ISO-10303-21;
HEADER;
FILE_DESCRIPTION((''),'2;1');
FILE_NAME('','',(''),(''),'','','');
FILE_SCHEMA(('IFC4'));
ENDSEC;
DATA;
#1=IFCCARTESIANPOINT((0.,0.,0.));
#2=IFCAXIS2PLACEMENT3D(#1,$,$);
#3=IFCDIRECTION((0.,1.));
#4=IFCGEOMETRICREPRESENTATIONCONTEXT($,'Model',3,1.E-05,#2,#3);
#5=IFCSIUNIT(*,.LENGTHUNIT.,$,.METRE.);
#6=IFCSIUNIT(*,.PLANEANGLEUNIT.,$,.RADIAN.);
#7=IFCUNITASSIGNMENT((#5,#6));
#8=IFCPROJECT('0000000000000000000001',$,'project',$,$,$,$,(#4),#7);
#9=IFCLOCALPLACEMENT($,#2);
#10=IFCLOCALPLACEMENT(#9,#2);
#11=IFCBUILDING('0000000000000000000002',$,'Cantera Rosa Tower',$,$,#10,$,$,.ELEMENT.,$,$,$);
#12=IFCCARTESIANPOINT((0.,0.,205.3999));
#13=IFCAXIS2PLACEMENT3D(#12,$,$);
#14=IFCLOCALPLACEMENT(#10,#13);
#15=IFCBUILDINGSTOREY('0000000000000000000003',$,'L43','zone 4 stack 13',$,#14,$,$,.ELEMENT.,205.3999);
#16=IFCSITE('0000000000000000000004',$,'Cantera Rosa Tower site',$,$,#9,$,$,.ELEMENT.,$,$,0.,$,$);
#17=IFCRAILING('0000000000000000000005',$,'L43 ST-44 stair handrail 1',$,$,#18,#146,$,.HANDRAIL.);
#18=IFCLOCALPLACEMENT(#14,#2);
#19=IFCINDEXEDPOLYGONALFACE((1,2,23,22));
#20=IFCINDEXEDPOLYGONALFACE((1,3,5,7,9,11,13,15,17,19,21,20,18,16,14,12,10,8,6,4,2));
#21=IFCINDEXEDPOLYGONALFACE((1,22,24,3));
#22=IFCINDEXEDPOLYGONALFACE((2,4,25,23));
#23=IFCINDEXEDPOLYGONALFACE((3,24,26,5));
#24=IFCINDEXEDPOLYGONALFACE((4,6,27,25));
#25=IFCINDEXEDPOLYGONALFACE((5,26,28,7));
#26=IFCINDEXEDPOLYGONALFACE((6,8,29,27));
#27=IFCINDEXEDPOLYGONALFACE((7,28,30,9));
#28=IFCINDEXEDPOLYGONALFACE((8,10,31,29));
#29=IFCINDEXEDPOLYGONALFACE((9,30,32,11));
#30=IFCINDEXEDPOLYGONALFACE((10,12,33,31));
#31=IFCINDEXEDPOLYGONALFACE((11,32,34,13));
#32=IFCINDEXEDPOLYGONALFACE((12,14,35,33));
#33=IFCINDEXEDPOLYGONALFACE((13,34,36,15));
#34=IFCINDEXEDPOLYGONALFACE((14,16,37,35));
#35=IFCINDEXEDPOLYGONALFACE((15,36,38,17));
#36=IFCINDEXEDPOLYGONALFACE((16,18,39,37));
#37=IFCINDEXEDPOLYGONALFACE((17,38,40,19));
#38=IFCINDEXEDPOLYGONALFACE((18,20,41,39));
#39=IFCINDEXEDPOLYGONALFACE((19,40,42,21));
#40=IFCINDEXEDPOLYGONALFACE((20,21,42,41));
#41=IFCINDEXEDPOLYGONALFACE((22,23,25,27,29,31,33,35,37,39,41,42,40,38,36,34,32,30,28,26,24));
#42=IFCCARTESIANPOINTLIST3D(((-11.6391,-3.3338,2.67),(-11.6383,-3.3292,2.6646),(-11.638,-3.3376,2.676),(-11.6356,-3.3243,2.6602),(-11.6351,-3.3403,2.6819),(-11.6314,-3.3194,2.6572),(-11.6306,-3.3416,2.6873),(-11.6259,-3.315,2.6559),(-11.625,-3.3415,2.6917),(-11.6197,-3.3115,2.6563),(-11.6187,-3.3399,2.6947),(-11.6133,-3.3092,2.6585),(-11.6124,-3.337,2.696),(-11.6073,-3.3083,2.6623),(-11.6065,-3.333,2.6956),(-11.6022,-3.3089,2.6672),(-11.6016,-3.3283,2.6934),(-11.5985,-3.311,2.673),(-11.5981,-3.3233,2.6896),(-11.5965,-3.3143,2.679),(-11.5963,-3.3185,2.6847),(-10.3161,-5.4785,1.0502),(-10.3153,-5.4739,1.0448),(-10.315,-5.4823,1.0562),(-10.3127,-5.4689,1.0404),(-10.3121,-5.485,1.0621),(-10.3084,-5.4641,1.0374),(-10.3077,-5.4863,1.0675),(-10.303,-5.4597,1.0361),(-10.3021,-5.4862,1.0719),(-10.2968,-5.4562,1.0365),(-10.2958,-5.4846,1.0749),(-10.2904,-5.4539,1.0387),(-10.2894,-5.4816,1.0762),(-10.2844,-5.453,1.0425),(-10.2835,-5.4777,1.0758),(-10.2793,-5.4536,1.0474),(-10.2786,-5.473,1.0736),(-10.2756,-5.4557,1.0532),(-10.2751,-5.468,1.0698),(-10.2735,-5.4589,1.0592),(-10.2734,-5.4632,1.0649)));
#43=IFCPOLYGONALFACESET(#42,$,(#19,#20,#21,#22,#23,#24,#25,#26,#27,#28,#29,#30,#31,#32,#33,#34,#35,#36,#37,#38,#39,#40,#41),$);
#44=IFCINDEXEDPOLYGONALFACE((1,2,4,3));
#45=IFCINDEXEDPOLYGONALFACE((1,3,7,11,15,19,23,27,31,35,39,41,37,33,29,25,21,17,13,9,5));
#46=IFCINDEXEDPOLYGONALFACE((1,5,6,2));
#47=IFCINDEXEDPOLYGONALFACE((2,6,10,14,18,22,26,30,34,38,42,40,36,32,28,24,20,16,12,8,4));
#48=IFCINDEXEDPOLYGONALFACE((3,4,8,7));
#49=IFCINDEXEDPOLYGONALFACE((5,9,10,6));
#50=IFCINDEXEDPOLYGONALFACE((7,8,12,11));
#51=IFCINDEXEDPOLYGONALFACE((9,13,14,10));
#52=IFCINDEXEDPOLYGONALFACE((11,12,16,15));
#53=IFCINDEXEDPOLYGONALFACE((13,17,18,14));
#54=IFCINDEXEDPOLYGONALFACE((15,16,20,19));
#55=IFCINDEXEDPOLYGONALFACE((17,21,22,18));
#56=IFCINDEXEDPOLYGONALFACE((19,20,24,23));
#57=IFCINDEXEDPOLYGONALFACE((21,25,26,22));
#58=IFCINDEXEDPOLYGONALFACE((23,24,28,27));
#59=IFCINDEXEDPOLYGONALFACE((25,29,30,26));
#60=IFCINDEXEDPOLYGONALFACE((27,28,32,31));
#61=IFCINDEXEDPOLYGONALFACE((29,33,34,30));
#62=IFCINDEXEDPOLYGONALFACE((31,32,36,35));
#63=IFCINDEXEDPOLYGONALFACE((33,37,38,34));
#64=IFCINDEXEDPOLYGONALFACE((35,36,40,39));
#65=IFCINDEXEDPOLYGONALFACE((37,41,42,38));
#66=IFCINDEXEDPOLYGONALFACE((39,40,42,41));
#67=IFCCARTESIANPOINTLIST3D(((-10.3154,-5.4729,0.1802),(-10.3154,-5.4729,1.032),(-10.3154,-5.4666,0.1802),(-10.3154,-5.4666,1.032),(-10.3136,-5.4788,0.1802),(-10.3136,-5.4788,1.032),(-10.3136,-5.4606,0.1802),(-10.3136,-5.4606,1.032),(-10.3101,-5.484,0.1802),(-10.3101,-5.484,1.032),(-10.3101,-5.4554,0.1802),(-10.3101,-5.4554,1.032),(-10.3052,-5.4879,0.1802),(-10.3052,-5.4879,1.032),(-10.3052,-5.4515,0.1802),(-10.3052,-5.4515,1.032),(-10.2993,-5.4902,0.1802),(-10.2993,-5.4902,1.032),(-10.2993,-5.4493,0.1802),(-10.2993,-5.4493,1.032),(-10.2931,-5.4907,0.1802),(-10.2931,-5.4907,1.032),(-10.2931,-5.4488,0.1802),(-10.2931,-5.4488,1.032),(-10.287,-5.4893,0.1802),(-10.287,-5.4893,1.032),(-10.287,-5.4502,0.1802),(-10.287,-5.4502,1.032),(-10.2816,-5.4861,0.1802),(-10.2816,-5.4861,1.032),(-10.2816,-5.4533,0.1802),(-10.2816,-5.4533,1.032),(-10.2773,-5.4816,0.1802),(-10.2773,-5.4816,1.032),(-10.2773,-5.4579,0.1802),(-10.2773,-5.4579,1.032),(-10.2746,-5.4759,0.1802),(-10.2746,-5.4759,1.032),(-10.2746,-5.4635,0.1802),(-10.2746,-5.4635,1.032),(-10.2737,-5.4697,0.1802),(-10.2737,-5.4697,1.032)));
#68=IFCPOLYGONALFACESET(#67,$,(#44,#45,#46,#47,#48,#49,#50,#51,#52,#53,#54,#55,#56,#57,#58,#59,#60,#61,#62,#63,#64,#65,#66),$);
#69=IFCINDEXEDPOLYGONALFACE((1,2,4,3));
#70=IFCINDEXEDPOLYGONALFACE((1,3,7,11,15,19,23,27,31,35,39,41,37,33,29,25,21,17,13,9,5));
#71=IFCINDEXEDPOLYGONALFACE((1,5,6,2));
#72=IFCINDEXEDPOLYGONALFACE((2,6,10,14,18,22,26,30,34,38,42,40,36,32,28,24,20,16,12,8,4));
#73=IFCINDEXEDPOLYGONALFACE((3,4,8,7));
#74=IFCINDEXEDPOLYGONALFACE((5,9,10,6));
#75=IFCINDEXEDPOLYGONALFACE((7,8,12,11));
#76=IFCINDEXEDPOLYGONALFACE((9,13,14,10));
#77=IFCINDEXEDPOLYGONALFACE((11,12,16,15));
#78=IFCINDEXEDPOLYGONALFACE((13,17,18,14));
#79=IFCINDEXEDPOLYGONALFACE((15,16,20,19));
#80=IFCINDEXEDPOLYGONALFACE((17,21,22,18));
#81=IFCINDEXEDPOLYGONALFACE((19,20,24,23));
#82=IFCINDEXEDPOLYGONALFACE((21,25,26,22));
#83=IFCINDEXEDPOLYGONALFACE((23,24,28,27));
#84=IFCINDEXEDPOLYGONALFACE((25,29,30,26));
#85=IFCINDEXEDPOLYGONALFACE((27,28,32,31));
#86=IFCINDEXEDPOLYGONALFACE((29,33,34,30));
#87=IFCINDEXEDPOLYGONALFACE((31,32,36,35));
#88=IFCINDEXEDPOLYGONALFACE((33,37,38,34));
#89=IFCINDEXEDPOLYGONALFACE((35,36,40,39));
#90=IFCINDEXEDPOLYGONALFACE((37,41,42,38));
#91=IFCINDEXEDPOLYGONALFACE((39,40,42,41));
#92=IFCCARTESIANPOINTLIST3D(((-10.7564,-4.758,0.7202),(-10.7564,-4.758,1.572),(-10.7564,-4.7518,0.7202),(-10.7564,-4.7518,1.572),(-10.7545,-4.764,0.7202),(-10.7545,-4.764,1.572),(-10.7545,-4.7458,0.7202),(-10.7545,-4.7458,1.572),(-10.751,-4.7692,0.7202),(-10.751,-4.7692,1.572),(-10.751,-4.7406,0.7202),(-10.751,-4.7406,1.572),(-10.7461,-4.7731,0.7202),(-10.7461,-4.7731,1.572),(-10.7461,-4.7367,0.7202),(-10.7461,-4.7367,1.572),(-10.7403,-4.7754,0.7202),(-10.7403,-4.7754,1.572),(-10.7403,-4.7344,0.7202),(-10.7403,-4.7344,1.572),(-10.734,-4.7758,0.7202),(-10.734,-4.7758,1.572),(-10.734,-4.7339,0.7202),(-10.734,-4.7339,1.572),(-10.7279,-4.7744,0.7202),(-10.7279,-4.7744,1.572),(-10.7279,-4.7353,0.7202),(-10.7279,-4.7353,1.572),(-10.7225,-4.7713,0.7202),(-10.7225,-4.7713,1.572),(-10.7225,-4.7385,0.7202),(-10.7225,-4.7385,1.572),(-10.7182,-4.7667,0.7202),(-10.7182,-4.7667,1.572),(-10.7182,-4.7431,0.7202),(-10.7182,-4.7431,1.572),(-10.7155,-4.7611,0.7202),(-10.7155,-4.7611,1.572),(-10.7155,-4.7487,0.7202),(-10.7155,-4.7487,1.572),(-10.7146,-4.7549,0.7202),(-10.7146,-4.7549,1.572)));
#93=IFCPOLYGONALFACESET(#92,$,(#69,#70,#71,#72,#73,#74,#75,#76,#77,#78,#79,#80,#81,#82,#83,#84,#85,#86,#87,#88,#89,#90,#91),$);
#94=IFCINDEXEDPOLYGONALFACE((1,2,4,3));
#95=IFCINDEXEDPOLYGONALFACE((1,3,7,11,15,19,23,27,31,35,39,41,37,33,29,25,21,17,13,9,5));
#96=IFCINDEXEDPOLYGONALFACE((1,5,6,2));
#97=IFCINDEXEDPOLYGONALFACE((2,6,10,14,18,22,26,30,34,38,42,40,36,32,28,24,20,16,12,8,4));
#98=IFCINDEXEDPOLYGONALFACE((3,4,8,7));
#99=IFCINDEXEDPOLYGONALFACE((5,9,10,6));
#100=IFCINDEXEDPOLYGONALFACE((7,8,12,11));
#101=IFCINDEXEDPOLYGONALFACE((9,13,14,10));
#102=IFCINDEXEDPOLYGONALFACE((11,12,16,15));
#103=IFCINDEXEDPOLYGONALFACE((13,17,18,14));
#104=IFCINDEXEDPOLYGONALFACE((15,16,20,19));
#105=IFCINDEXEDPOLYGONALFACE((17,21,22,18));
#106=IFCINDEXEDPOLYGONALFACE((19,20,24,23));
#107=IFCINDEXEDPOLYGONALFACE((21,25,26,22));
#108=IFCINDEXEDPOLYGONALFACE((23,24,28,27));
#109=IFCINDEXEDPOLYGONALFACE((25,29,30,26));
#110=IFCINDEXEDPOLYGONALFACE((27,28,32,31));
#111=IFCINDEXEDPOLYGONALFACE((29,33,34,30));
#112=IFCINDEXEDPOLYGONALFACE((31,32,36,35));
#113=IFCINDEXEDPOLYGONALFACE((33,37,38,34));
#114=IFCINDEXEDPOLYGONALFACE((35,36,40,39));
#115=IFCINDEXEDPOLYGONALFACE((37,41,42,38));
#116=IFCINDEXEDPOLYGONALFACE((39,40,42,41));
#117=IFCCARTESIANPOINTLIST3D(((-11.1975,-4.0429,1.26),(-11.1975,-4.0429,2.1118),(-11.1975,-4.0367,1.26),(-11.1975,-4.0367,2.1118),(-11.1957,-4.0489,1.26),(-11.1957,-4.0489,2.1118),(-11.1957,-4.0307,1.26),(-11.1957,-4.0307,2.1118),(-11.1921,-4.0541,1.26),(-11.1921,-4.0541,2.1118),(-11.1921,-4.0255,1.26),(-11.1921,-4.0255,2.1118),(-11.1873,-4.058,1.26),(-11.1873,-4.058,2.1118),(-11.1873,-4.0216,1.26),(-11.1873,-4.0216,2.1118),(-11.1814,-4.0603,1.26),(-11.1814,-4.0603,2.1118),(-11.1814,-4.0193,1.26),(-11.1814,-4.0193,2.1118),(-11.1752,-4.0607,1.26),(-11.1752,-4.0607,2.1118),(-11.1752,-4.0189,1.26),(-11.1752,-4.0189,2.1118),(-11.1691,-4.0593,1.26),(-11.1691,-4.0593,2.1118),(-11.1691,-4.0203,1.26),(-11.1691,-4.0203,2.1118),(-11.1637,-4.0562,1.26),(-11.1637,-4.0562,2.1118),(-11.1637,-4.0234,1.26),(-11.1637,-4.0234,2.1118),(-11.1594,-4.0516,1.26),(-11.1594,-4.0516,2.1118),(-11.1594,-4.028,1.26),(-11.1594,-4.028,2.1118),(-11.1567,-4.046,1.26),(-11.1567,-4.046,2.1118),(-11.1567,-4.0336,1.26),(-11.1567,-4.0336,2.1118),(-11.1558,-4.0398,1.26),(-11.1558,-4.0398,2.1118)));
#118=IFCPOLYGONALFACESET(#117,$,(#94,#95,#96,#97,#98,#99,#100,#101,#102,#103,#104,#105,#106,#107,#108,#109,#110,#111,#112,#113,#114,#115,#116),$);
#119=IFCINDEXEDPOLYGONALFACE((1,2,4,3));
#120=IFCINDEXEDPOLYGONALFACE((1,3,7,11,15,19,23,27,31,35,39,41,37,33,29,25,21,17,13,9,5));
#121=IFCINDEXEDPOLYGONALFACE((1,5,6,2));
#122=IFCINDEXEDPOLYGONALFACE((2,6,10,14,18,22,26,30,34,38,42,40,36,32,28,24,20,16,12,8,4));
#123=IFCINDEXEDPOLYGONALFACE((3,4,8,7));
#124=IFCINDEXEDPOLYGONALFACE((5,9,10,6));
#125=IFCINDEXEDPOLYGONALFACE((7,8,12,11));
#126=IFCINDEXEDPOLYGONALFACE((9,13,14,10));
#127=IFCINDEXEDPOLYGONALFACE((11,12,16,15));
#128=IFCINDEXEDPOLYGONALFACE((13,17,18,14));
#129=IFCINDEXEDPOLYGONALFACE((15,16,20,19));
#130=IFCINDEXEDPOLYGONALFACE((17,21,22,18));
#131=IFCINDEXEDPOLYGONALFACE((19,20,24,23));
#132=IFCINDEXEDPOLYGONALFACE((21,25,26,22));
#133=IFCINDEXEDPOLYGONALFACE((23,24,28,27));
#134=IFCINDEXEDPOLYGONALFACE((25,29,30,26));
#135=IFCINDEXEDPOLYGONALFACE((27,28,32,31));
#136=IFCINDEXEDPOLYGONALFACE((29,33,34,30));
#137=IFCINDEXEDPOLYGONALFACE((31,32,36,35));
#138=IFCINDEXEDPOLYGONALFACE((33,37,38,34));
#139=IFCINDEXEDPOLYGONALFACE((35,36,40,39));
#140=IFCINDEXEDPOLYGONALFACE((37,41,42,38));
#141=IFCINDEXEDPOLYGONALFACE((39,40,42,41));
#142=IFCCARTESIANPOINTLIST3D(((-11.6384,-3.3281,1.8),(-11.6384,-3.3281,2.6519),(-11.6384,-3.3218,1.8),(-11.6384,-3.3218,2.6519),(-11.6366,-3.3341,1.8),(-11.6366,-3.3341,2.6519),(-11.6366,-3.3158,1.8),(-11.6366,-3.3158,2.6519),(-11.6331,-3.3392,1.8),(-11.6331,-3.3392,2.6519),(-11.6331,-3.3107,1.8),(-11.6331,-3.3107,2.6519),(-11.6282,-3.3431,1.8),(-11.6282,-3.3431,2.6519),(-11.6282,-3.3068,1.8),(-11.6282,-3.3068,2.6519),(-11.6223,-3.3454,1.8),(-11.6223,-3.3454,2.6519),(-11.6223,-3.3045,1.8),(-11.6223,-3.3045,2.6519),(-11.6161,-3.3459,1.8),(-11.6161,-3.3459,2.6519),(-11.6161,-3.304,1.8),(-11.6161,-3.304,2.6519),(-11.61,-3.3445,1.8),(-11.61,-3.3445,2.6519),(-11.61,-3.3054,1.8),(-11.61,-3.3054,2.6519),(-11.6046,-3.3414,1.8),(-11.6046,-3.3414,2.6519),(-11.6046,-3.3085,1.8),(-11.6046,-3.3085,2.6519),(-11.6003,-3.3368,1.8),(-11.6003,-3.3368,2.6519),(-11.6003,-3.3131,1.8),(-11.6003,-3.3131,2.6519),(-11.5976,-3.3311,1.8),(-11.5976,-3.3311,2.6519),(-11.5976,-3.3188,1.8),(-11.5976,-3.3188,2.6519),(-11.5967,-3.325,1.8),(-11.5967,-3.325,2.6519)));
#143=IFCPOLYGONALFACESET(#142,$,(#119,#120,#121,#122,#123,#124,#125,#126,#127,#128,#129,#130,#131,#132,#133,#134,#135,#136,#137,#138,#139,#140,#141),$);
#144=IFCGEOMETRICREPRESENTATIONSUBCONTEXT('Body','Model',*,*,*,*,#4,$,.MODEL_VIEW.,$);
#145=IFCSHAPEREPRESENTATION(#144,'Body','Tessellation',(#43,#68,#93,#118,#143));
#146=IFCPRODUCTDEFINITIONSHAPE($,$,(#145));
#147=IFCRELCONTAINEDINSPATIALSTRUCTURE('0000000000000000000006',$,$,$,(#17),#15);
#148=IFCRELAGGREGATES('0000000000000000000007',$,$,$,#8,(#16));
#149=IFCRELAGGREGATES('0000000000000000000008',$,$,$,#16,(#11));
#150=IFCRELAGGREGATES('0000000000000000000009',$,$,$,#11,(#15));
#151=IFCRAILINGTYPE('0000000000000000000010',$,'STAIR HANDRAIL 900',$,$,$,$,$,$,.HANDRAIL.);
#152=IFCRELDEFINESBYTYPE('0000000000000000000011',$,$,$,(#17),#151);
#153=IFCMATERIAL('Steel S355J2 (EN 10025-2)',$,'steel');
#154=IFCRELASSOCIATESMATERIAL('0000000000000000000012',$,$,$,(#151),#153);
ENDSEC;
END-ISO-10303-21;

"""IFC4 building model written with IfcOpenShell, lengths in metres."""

from ifc_helpers import new_model, si_unit, direction, frame, origin, origin_2d, place, context, subcontext, project, spatial, circle, extrude, material, type_object, element, save


model = new_model("IFC4")

# Units and contexts
model_context = context("Model", 3, precision=1e-05, world=origin(), true_north=direction((0.0, 1.0)))
body_context = subcontext(model_context, "Body", "Model", "MODEL_VIEW")
ifc_project = project(units=[si_unit("LENGTHUNIT", "METRE"), si_unit("PLANEANGLEUNIT", "RADIAN")], contexts=[model_context])

# Site, building, storey
site_placement = place(None, origin())
site = spatial("IfcSite", under=ifc_project, at=site_placement, Name="Cantera Rosa Tower site", CompositionType="ELEMENT", RefElevation=0.0)
building_placement = place(site_placement, origin())
building = spatial("IfcBuilding", under=site, at=building_placement, Name="Cantera Rosa Tower", CompositionType="ELEMENT")
storey_placement = place(building_placement, frame((0.0, 0.0, 205.3999)))
storey = spatial("IfcBuildingStorey", under=building, at=storey_placement, Name="L43", Description="zone 4 stack 13", CompositionType="ELEMENT", Elevation=205.3999)

# Railing
ifc_material_1 = material(Name="Steel S355J2 (EN 10025-2)", Category="steel")
railing_type_1 = type_object("IfcRailingType", Name="STAIR HANDRAIL 900", PredefinedType="HANDRAIL", material=ifc_material_1)
railing_1_placement = place(storey_placement, frame((-10.2947, -5.4697, 0.1802)))
element("IfcRailing", 1, at=railing_1_placement, inside=storey, type_object=railing_type_1, Name="L43 ST-44 stair handrail 1", PredefinedType="HANDRAIL", context=body_context, shape_type="SweptSolid", body=[
    extrude(circle(Radius=0.0239, at=origin_2d()), frame((0.0, 0.0, 0.876), z_axis=(-0.441629, 0.715945, 0.540728), x_axis=(-0.851102, -0.525, 0.0)), (0.0, 0.0, 1.0), 2.9956),
    extrude(circle(Radius=0.021, at=origin_2d()), origin(), (0.0, 0.0, 1.0), 0.8518),
    extrude(circle(Radius=0.021, at=origin_2d()), frame((-0.4409, 0.7148, 0.54)), (0.0, 0.0, 1.0), 0.8518),
    extrude(circle(Radius=0.021, at=origin_2d()), frame((-0.8821, 1.4299, 1.0798)), (0.0, 0.0, 1.0), 0.8518),
    extrude(circle(Radius=0.021, at=origin_2d()), frame((-1.323, 2.1448, 1.6199)), (0.0, 0.0, 1.0), 0.8518),
])

save(model, "model.ifc")
